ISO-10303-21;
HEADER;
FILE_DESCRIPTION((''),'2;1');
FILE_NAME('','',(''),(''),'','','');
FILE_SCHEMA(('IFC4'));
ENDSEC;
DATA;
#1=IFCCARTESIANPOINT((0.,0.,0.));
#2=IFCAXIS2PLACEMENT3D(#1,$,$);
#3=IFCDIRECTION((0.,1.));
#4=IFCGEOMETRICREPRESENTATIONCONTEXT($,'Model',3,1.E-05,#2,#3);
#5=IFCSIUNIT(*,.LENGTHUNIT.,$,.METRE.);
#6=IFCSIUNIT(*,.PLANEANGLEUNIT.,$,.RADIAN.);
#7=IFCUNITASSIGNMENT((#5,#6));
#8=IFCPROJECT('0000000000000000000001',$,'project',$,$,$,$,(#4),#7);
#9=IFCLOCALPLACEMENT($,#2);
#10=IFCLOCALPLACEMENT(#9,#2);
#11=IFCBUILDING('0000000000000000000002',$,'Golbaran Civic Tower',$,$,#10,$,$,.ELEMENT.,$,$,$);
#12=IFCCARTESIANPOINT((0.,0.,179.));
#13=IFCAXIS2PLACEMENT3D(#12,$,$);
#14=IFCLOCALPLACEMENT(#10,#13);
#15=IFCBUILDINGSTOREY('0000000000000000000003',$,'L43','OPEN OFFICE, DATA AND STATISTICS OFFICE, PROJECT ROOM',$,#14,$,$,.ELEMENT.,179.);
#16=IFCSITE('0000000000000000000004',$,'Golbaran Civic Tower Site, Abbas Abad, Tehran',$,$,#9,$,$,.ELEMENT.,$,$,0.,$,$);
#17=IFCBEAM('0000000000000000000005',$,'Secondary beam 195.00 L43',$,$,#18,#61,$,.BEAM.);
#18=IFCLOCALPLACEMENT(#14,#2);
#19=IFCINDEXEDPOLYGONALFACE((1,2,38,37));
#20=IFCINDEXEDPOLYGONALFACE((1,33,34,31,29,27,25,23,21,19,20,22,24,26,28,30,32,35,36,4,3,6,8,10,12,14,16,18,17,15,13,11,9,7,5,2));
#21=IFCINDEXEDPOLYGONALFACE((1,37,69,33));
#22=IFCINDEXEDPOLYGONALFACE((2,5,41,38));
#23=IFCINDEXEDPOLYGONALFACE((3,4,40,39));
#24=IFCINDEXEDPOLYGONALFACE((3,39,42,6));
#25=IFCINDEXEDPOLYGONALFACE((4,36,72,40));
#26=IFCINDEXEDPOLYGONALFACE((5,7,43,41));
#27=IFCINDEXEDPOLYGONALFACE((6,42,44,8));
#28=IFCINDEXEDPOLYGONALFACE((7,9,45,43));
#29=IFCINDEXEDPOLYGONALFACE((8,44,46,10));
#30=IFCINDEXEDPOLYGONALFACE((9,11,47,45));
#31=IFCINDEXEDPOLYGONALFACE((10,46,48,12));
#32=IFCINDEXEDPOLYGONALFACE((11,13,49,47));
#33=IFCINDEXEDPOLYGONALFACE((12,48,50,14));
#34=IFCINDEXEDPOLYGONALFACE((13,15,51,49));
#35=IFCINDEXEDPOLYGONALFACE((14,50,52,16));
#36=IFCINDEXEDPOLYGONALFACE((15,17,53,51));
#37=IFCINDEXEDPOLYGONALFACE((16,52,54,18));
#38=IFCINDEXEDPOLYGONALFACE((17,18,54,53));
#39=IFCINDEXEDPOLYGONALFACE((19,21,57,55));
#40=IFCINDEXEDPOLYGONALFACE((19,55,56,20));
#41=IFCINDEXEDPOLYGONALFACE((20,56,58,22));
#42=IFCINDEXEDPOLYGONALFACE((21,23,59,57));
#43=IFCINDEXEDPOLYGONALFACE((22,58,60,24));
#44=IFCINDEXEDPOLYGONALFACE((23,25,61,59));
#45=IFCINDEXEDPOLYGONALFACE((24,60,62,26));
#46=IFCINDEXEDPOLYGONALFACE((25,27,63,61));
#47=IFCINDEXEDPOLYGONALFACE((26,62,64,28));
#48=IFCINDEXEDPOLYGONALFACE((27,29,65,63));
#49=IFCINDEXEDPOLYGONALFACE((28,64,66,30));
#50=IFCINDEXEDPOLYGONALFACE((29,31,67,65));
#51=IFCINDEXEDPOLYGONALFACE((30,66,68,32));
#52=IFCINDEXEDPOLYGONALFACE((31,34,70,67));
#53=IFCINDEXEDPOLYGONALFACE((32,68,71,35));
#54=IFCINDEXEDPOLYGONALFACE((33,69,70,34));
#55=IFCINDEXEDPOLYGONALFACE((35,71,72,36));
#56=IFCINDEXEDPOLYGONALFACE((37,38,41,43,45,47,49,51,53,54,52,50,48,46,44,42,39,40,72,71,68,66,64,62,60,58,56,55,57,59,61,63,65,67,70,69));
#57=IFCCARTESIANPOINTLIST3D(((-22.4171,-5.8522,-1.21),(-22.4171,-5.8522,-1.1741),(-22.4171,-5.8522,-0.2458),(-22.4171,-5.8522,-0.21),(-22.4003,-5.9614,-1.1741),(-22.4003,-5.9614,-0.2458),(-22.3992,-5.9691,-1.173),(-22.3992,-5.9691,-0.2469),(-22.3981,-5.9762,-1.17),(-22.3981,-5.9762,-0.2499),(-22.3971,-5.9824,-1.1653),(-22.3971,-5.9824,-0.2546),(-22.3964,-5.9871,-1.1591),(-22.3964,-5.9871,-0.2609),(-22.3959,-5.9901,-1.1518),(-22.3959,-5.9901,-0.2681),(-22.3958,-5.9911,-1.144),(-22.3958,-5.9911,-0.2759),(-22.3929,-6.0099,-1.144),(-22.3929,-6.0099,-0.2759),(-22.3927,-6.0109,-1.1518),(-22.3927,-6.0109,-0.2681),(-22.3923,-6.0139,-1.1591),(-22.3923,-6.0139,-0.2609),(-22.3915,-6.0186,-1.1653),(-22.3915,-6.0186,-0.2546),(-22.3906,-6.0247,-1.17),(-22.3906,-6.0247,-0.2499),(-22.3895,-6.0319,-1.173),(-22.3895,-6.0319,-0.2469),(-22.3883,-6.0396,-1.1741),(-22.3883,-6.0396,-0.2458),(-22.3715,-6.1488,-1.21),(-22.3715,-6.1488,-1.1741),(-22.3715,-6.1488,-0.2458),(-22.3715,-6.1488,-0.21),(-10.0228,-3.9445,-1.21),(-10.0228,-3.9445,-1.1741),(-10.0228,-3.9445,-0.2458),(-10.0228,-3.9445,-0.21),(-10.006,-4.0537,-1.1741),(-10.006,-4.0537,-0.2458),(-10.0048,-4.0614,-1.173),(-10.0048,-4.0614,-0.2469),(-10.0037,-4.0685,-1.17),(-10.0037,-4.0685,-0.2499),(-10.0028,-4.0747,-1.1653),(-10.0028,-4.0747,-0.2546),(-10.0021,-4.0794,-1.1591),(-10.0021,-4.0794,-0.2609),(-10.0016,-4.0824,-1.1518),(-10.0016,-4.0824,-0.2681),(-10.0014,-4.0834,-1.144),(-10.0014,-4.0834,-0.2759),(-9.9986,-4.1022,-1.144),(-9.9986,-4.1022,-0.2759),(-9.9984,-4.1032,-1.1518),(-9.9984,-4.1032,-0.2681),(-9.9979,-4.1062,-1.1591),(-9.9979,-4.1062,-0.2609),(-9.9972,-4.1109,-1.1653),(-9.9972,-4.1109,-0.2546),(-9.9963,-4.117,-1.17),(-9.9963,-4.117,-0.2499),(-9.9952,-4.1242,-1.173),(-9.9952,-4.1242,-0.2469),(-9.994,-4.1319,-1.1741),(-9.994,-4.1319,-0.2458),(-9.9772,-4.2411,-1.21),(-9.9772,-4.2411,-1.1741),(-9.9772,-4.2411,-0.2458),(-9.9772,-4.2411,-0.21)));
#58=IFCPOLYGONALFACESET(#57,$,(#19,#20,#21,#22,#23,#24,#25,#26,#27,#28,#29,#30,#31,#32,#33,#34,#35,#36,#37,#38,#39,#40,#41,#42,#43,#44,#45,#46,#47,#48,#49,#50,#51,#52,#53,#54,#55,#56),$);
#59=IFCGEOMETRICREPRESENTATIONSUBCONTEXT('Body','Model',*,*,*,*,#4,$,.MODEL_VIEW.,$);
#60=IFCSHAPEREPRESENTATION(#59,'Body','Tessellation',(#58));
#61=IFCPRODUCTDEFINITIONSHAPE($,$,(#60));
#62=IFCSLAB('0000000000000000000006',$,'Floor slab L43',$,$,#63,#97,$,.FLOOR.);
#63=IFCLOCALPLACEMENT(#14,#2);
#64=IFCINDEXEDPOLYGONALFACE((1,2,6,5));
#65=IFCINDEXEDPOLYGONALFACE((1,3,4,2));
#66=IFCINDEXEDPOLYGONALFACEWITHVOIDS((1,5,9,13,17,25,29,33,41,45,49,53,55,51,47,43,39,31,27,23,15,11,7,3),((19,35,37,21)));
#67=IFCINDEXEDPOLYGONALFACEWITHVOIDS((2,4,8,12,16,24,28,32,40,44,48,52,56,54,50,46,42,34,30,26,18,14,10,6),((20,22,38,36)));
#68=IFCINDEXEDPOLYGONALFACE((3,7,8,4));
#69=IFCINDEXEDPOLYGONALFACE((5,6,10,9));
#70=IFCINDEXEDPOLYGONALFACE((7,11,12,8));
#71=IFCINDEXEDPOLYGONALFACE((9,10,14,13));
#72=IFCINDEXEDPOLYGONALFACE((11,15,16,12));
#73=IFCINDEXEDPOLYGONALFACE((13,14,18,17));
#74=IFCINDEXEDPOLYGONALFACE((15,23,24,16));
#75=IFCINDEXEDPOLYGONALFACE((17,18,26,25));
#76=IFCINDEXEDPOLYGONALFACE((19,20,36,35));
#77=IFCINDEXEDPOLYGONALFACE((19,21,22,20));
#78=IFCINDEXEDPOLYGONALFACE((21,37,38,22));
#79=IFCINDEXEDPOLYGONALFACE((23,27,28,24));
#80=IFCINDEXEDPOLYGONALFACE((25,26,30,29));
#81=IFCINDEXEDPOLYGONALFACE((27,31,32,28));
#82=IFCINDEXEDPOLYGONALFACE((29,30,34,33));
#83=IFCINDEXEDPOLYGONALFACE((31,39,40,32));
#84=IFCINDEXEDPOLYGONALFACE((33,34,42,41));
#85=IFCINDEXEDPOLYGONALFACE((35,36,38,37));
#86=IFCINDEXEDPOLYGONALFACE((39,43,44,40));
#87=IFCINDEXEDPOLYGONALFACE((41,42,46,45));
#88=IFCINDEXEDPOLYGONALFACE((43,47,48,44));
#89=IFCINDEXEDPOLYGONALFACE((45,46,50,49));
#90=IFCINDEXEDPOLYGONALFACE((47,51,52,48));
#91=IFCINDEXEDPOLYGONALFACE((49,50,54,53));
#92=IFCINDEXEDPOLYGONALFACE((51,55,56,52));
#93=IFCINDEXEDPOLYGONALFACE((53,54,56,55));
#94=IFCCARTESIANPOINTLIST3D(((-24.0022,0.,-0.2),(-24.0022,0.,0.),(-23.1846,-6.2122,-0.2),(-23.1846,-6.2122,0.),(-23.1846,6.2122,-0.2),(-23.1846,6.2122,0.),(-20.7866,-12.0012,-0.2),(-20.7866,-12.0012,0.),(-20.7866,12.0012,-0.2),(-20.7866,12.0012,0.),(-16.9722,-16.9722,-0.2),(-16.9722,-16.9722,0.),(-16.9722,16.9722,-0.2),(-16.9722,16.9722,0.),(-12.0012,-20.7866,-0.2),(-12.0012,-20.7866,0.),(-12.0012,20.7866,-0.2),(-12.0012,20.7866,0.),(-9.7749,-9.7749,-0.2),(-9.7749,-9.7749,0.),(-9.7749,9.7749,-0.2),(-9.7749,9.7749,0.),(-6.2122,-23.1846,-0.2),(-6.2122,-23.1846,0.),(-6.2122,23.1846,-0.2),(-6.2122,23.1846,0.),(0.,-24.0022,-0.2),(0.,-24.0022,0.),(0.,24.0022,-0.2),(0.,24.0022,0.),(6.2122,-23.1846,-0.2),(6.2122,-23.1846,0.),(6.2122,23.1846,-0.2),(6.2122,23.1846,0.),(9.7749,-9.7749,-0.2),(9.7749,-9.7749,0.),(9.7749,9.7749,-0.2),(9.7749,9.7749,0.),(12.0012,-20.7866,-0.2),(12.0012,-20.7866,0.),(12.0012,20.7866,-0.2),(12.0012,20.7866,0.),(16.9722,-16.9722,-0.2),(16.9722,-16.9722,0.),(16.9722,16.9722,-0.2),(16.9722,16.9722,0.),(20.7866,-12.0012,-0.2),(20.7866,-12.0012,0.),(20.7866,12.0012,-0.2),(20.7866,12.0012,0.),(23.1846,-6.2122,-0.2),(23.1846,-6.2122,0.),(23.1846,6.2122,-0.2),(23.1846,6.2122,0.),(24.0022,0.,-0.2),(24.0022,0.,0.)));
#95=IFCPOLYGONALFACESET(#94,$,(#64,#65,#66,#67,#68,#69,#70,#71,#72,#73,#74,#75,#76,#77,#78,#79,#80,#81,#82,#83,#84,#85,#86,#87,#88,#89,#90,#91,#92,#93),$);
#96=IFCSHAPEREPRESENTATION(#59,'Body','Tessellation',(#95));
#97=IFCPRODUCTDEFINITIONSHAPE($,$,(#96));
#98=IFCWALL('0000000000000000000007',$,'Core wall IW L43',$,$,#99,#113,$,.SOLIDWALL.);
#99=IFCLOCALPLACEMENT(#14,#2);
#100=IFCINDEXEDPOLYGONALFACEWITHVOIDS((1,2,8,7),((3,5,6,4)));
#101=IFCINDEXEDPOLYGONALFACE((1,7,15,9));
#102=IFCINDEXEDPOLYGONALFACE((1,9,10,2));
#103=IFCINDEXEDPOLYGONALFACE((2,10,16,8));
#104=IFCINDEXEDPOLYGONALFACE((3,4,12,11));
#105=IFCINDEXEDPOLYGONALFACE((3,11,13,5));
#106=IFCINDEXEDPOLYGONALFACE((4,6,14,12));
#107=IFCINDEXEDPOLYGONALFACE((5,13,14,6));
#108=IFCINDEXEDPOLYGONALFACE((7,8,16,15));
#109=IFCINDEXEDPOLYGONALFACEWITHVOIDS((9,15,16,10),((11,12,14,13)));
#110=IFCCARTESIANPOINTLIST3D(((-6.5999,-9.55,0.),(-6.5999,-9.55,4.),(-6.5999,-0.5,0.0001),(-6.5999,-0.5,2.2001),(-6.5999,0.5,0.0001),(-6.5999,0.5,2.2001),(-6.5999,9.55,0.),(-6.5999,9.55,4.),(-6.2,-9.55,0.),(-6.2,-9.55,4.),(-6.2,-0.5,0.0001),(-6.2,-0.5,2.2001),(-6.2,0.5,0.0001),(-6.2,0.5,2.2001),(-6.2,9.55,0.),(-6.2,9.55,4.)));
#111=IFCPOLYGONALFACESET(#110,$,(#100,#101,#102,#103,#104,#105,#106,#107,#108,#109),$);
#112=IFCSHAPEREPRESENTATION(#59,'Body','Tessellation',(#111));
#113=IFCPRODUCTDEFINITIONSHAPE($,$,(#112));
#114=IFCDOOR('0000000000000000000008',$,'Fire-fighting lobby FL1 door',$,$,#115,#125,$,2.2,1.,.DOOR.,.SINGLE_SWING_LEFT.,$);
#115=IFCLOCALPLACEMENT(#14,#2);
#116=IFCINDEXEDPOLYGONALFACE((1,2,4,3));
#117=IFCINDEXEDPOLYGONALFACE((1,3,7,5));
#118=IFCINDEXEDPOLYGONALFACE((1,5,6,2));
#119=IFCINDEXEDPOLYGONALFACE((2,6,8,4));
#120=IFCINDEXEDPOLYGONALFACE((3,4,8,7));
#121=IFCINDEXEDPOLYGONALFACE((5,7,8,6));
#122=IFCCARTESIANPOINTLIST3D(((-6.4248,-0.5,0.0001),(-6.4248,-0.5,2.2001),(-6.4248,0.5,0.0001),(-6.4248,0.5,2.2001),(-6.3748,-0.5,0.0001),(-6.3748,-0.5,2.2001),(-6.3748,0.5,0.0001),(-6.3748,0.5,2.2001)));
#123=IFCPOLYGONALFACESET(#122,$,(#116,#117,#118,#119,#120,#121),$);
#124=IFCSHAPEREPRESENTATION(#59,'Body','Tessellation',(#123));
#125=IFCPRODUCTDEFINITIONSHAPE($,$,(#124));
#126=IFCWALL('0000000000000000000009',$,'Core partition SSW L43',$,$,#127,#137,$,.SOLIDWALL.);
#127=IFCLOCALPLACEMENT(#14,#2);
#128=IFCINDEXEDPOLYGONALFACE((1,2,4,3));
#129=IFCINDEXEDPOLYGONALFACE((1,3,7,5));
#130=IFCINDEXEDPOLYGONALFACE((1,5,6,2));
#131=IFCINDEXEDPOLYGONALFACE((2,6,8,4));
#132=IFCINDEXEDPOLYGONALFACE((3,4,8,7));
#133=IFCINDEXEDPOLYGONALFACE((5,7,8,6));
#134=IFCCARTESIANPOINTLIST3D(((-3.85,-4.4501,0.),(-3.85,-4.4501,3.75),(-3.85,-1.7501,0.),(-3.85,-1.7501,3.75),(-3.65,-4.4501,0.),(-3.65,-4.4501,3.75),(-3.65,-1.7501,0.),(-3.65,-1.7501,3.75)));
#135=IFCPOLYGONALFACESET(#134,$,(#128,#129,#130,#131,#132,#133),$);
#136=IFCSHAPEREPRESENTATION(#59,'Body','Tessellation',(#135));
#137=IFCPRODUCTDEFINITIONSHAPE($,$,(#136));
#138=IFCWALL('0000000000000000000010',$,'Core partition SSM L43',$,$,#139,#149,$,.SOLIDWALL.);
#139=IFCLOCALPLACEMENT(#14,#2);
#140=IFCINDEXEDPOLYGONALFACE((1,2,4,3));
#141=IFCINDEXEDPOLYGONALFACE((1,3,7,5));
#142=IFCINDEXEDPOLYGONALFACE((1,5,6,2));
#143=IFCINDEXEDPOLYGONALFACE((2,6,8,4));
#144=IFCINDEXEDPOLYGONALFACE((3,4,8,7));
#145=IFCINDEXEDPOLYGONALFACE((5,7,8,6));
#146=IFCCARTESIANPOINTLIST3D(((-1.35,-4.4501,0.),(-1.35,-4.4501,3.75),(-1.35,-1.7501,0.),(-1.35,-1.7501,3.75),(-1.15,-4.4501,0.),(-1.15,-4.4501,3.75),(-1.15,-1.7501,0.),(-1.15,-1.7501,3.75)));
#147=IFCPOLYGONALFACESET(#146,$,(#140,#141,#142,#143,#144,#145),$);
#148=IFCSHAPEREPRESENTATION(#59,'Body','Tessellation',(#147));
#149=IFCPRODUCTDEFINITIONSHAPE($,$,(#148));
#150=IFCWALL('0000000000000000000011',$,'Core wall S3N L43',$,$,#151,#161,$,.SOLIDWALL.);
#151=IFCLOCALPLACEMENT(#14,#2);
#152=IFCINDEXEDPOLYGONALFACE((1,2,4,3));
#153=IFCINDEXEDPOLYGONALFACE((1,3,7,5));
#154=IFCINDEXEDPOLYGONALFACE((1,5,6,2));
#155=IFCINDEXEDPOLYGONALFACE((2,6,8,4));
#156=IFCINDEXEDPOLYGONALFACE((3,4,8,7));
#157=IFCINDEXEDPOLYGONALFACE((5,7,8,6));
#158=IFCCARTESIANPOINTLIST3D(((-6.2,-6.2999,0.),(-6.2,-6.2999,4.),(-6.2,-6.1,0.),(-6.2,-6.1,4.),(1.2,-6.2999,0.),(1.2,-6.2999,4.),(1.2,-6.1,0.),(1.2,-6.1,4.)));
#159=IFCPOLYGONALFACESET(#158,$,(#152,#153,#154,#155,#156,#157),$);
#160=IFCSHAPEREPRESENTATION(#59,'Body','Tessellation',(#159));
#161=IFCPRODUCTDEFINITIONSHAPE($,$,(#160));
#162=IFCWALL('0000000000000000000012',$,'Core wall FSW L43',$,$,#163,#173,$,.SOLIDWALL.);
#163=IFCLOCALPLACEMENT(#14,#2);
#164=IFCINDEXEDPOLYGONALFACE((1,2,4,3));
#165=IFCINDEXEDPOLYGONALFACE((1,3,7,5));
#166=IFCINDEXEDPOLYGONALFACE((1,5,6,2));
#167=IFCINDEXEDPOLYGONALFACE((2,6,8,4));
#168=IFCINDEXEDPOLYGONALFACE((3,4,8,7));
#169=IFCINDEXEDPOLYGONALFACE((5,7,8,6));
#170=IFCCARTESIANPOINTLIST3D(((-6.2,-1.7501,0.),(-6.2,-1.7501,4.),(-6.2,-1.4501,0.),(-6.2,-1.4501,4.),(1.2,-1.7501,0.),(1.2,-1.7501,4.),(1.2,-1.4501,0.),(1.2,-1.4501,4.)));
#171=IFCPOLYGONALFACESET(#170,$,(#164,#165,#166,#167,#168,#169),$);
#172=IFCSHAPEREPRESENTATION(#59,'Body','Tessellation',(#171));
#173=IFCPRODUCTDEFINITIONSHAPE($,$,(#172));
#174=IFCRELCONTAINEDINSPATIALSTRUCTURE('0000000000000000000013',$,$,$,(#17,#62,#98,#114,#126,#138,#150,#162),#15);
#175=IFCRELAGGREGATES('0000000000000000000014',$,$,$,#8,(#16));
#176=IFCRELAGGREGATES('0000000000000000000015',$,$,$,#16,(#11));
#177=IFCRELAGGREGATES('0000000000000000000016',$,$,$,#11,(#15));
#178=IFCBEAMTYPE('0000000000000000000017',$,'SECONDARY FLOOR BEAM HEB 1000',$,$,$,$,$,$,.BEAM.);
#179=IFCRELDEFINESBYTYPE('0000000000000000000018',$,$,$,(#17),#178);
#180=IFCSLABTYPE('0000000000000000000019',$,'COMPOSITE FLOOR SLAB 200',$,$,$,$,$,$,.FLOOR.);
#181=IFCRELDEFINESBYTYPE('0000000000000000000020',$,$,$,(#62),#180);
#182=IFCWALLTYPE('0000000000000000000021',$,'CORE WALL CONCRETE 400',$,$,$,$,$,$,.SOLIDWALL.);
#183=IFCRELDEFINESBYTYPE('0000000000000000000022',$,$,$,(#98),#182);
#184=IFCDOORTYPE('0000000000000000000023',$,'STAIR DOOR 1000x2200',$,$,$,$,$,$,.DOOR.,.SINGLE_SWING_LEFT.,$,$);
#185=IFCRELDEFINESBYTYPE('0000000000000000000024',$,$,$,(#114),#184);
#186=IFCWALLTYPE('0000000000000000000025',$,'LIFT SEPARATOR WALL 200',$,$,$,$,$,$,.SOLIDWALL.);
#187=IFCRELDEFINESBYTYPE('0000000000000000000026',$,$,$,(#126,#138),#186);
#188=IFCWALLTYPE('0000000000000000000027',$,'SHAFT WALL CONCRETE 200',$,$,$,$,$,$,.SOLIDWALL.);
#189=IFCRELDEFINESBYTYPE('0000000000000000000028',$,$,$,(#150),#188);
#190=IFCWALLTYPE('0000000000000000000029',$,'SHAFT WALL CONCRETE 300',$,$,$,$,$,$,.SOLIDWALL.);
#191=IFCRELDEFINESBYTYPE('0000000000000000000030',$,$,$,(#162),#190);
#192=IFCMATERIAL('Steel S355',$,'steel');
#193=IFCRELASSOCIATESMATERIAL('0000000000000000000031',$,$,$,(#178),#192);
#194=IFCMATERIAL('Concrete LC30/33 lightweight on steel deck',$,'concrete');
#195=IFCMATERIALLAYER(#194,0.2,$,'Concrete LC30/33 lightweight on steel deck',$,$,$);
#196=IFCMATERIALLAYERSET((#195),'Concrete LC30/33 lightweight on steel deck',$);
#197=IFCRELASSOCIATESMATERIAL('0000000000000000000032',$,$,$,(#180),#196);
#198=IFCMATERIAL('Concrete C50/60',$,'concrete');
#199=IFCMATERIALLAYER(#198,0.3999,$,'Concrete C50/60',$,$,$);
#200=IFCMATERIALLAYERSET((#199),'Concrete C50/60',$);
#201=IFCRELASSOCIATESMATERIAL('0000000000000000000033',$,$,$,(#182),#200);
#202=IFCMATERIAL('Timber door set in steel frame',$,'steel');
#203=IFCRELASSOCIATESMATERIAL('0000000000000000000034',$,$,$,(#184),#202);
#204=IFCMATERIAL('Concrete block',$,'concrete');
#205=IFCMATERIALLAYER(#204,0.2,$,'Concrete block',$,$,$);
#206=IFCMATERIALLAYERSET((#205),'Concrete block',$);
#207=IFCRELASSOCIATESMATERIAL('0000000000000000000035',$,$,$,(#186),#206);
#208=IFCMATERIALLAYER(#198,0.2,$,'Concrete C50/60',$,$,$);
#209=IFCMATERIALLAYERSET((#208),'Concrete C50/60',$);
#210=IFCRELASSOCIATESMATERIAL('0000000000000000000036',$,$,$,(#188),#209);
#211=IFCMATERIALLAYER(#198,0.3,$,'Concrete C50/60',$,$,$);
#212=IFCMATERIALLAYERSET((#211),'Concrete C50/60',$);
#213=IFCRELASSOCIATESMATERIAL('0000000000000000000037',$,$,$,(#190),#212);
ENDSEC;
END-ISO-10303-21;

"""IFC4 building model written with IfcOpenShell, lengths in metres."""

from ifc_helpers import new_model, si_unit, direction, frame, frame_2d, origin, origin_2d, place, context, subcontext, project, spatial, polyline, rectangle, i_section, outline, extrude, material, layer, layer_set, material_profile, profile_set, type_object, element, fill, save


model = new_model("IFC4")

# Units and contexts
model_context = context("Model", 3, precision=1e-05, world=origin(), true_north=direction((0.0, 1.0)))
body_context = subcontext(model_context, "Body", "Model", "MODEL_VIEW")
ifc_project = project(units=[si_unit("LENGTHUNIT", "METRE"), si_unit("PLANEANGLEUNIT", "RADIAN")], contexts=[model_context])

# Site, building, storey
site_placement = place(None, origin())
site = spatial("IfcSite", under=ifc_project, at=site_placement, Name="Golbaran Civic Tower Site, Abbas Abad, Tehran", CompositionType="ELEMENT", RefElevation=0.0)
building_placement = place(site_placement, origin())
building = spatial("IfcBuilding", under=site, at=building_placement, Name="Golbaran Civic Tower", CompositionType="ELEMENT")
storey_placement = place(building_placement, frame((0.0, 0.0, 179.0)))
storey = spatial("IfcBuildingStorey", under=building, at=storey_placement, Name="L43", Description="OPEN OFFICE, DATA AND STATISTICS OFFICE, PROJECT ROOM", CompositionType="ELEMENT", Elevation=179.0)

# Beam
ifc_material_1 = material(Name="Steel S355", Category="steel")
ifc_material_profile_1 = material_profile(ifc_material_1, i_section(OverallWidth=0.3, OverallDepth=1.0, WebThickness=0.019, FlangeThickness=0.0359, FilletRadius=0.03, at=origin_2d()), Name="HEB 1000")
ifc_profile_set_1 = profile_set([ifc_material_profile_1], Name="Steel S355")
beam_type_1 = type_object("IfcBeamType", Name="SECONDARY FLOOR BEAM HEB 1000", PredefinedType="BEAM", material=ifc_profile_set_1)
beam_1_placement = place(storey_placement, frame((-10.0, -4.0928, -0.71), z_axis=(-0.988361, -0.152127, 0.0), x_axis=(0.152127, -0.988361, 0.0)))
element("IfcBeam", 1, at=beam_1_placement, inside=storey, type_object=beam_type_1, Name="Secondary beam 195.00 L43", PredefinedType="BEAM", context=body_context, shape_type="SweptSolid", body=[
    extrude(i_section(OverallWidth=0.3, OverallDepth=1.0, WebThickness=0.019, FlangeThickness=0.0359, FilletRadius=0.03, at=origin_2d()), origin(), (0.0, 0.0, 1.0), 12.5403),
])

# Slab
ifc_material_2 = material(Name="Concrete LC30/33 lightweight on steel deck", Category="concrete")
ifc_layer_1 = layer(ifc_material_2, 0.2, Name="Concrete LC30/33 lightweight on steel deck")
ifc_layer_set_1 = layer_set([ifc_layer_1], Name="Concrete LC30/33 lightweight on steel deck")
slab_type = type_object("IfcSlabType", Name="COMPOSITE FLOOR SLAB 200", PredefinedType="FLOOR", material=ifc_layer_set_1)
slab_placement = place(storey_placement, frame((0.0, 0.0, -0.2)))
element("IfcSlab", 2, at=slab_placement, inside=storey, type_object=slab_type, Name="Floor slab L43", PredefinedType="FLOOR", context=body_context, shape_type="SweptSolid", body=[
    extrude(outline(polyline([(20.7866, -12.0012), (16.9722, -16.9722), (12.0012, -20.7866), (6.2122, -23.1846), (0.0, -24.0022), (-6.2122, -23.1846), (-12.0012, -20.7866), (-16.9722, -16.9722), (-20.7866, -12.0012), (-23.1846, -6.2122), (-24.0022, 0.0), (-23.1846, 6.2122), (-20.7866, 12.0012), (-16.9722, 16.9722), (-12.0012, 20.7866), (-6.2122, 23.1846), (0.0, 24.0022), (6.2122, 23.1846), (12.0012, 20.7866), (16.9722, 16.9722), (20.7866, 12.0012), (23.1846, 6.2122), (24.0022, 0.0), (23.1846, -6.2122), (20.7866, -12.0012)]), holes=[polyline([(-9.7749, 9.7749), (-9.7749, -9.7749), (9.7749, -9.7749), (9.7749, 9.7749), (-9.7749, 9.7749)])]), origin(), (0.0, 0.0, 1.0), 0.2),
])

# Wall, opening, door
ifc_material_3 = material(Name="Concrete C50/60", Category="concrete")
ifc_layer_2 = layer(ifc_material_3, 0.3999, Name="Concrete C50/60")
ifc_layer_set_2 = layer_set([ifc_layer_2], Name="Concrete C50/60")
wall_type_1 = type_object("IfcWallType", Name="CORE WALL CONCRETE 400", PredefinedType="SOLIDWALL", material=ifc_layer_set_2)
wall_1_placement = place(storey_placement, frame((-6.3999, -9.55, 0.0), z_axis=(0.0, 0.0, 1.0), x_axis=(0.0, 1.0, 0.0)))
wall_1 = element("IfcWall", 3, at=wall_1_placement, inside=storey, type_object=wall_type_1, Name="Core wall IW L43", PredefinedType="SOLIDWALL", context=body_context, shape_type="SweptSolid", body=[
    extrude(rectangle(XDim=19.1001, YDim=0.3999, at=frame_2d((9.55, 0.0))), origin(), (0.0, 0.0, 1.0), 4.0),
])
opening_1_placement = place(wall_1_placement, frame((9.05, 0.0, 0.0)))
opening_1 = element("IfcOpeningElement", 4, at=opening_1_placement, cuts=wall_1, PredefinedType="OPENING", context=body_context, shape_type="SweptSolid", body=[
    extrude(rectangle(XDim=1.0, YDim=2.2, at=frame_2d((0.5, 1.1001))), frame((0.0, 0.21, 0.0), z_axis=(0.0, -1.0, 0.0), x_axis=(1.0, 0.0, 0.0)), (0.0, 0.0, 1.0), 0.4199),
])
ifc_material_4 = material(Name="Timber door set in steel frame", Category="steel")
door_type_1 = type_object("IfcDoorType", Name="STAIR DOOR 1000x2200", OperationType="SINGLE_SWING_LEFT", PredefinedType="DOOR", material=ifc_material_4)
door_1_placement = place(opening_1_placement, origin())
door_1 = element("IfcDoor", 5, at=door_1_placement, inside=storey, type_object=door_type_1, Name="Fire-fighting lobby FL1 door", OperationType="SINGLE_SWING_LEFT", OverallHeight=2.2, OverallWidth=1.0, PredefinedType="DOOR", context=body_context, shape_type="SweptSolid", body=[
    extrude(rectangle(XDim=1.0, YDim=2.2, at=frame_2d((0.5, 1.1001))), frame((0.0, 0.0249, 0.0), z_axis=(0.0, -1.0, 0.0), x_axis=(1.0, 0.0, 0.0)), (0.0, 0.0, 1.0), 0.05),
])
fill(opening_1, door_1)

# Walls
ifc_material_5 = material(Name="Concrete block", Category="concrete")
ifc_layer_3 = layer(ifc_material_5, 0.2, Name="Concrete block")
ifc_layer_set_3 = layer_set([ifc_layer_3], Name="Concrete block")
wall_type_2 = type_object("IfcWallType", Name="LIFT SEPARATOR WALL 200", PredefinedType="SOLIDWALL", material=ifc_layer_set_3)
for number, where, z_axis, x_axis, name in (
    (6, (-3.75, -1.75, 0.0), (0.0, 0.0, 1.0), (0.0, -1.0, 0.0), "Core partition SSW L43"),
    (7, (-1.25, -1.75, 0.0), (0.0, 0.0, 1.0), (0.0, -1.0, 0.0), "Core partition SSM L43"),
):
    element("IfcWall", number, at=place(storey_placement, frame(where, z_axis=z_axis, x_axis=x_axis)), inside=storey, type_object=wall_type_2, Name=name, PredefinedType="SOLIDWALL", context=body_context, shape_type="SweptSolid", body=[
        extrude(rectangle(XDim=2.7, YDim=0.2, at=frame_2d((1.3501, 0.0))), origin(), (0.0, 0.0, 1.0), 3.75),
    ])
ifc_layer_4 = layer(ifc_material_3, 0.2, Name="Concrete C50/60")
ifc_layer_set_4 = layer_set([ifc_layer_4], Name="Concrete C50/60")
wall_type_3 = type_object("IfcWallType", Name="SHAFT WALL CONCRETE 200", PredefinedType="SOLIDWALL", material=ifc_layer_set_4)
wall_2_placement = place(storey_placement, frame((-6.2, -6.2, 0.0), z_axis=(0.0, 0.0, 1.0), x_axis=(1.0, 0.0, 0.0)))
element("IfcWall", 8, at=wall_2_placement, inside=storey, type_object=wall_type_3, Name="Core wall S3N L43", PredefinedType="SOLIDWALL", context=body_context, shape_type="SweptSolid", body=[
    extrude(rectangle(XDim=7.3999, YDim=0.2, at=frame_2d((3.7, 0.0))), origin(), (0.0, 0.0, 1.0), 4.0),
])
ifc_layer_5 = layer(ifc_material_3, 0.3, Name="Concrete C50/60")
ifc_layer_set_5 = layer_set([ifc_layer_5], Name="Concrete C50/60")
wall_type_4 = type_object("IfcWallType", Name="SHAFT WALL CONCRETE 300", PredefinedType="SOLIDWALL", material=ifc_layer_set_5)
for number, where, z_axis, x_axis, name in (
    (9, (-6.2, -1.6001, 0.0), (0.0, 0.0, 1.0), (1.0, 0.0, 0.0), "Core wall FSW L43"),
):
    element("IfcWall", number, at=place(storey_placement, frame(where, z_axis=z_axis, x_axis=x_axis)), inside=storey, type_object=wall_type_4, Name=name, PredefinedType="SOLIDWALL", context=body_context, shape_type="SweptSolid", body=[
        extrude(rectangle(XDim=7.3999, YDim=0.3, at=frame_2d((3.7, 0.0))), origin(), (0.0, 0.0, 1.0), 4.0),
    ])

save(model, "model.ifc")
